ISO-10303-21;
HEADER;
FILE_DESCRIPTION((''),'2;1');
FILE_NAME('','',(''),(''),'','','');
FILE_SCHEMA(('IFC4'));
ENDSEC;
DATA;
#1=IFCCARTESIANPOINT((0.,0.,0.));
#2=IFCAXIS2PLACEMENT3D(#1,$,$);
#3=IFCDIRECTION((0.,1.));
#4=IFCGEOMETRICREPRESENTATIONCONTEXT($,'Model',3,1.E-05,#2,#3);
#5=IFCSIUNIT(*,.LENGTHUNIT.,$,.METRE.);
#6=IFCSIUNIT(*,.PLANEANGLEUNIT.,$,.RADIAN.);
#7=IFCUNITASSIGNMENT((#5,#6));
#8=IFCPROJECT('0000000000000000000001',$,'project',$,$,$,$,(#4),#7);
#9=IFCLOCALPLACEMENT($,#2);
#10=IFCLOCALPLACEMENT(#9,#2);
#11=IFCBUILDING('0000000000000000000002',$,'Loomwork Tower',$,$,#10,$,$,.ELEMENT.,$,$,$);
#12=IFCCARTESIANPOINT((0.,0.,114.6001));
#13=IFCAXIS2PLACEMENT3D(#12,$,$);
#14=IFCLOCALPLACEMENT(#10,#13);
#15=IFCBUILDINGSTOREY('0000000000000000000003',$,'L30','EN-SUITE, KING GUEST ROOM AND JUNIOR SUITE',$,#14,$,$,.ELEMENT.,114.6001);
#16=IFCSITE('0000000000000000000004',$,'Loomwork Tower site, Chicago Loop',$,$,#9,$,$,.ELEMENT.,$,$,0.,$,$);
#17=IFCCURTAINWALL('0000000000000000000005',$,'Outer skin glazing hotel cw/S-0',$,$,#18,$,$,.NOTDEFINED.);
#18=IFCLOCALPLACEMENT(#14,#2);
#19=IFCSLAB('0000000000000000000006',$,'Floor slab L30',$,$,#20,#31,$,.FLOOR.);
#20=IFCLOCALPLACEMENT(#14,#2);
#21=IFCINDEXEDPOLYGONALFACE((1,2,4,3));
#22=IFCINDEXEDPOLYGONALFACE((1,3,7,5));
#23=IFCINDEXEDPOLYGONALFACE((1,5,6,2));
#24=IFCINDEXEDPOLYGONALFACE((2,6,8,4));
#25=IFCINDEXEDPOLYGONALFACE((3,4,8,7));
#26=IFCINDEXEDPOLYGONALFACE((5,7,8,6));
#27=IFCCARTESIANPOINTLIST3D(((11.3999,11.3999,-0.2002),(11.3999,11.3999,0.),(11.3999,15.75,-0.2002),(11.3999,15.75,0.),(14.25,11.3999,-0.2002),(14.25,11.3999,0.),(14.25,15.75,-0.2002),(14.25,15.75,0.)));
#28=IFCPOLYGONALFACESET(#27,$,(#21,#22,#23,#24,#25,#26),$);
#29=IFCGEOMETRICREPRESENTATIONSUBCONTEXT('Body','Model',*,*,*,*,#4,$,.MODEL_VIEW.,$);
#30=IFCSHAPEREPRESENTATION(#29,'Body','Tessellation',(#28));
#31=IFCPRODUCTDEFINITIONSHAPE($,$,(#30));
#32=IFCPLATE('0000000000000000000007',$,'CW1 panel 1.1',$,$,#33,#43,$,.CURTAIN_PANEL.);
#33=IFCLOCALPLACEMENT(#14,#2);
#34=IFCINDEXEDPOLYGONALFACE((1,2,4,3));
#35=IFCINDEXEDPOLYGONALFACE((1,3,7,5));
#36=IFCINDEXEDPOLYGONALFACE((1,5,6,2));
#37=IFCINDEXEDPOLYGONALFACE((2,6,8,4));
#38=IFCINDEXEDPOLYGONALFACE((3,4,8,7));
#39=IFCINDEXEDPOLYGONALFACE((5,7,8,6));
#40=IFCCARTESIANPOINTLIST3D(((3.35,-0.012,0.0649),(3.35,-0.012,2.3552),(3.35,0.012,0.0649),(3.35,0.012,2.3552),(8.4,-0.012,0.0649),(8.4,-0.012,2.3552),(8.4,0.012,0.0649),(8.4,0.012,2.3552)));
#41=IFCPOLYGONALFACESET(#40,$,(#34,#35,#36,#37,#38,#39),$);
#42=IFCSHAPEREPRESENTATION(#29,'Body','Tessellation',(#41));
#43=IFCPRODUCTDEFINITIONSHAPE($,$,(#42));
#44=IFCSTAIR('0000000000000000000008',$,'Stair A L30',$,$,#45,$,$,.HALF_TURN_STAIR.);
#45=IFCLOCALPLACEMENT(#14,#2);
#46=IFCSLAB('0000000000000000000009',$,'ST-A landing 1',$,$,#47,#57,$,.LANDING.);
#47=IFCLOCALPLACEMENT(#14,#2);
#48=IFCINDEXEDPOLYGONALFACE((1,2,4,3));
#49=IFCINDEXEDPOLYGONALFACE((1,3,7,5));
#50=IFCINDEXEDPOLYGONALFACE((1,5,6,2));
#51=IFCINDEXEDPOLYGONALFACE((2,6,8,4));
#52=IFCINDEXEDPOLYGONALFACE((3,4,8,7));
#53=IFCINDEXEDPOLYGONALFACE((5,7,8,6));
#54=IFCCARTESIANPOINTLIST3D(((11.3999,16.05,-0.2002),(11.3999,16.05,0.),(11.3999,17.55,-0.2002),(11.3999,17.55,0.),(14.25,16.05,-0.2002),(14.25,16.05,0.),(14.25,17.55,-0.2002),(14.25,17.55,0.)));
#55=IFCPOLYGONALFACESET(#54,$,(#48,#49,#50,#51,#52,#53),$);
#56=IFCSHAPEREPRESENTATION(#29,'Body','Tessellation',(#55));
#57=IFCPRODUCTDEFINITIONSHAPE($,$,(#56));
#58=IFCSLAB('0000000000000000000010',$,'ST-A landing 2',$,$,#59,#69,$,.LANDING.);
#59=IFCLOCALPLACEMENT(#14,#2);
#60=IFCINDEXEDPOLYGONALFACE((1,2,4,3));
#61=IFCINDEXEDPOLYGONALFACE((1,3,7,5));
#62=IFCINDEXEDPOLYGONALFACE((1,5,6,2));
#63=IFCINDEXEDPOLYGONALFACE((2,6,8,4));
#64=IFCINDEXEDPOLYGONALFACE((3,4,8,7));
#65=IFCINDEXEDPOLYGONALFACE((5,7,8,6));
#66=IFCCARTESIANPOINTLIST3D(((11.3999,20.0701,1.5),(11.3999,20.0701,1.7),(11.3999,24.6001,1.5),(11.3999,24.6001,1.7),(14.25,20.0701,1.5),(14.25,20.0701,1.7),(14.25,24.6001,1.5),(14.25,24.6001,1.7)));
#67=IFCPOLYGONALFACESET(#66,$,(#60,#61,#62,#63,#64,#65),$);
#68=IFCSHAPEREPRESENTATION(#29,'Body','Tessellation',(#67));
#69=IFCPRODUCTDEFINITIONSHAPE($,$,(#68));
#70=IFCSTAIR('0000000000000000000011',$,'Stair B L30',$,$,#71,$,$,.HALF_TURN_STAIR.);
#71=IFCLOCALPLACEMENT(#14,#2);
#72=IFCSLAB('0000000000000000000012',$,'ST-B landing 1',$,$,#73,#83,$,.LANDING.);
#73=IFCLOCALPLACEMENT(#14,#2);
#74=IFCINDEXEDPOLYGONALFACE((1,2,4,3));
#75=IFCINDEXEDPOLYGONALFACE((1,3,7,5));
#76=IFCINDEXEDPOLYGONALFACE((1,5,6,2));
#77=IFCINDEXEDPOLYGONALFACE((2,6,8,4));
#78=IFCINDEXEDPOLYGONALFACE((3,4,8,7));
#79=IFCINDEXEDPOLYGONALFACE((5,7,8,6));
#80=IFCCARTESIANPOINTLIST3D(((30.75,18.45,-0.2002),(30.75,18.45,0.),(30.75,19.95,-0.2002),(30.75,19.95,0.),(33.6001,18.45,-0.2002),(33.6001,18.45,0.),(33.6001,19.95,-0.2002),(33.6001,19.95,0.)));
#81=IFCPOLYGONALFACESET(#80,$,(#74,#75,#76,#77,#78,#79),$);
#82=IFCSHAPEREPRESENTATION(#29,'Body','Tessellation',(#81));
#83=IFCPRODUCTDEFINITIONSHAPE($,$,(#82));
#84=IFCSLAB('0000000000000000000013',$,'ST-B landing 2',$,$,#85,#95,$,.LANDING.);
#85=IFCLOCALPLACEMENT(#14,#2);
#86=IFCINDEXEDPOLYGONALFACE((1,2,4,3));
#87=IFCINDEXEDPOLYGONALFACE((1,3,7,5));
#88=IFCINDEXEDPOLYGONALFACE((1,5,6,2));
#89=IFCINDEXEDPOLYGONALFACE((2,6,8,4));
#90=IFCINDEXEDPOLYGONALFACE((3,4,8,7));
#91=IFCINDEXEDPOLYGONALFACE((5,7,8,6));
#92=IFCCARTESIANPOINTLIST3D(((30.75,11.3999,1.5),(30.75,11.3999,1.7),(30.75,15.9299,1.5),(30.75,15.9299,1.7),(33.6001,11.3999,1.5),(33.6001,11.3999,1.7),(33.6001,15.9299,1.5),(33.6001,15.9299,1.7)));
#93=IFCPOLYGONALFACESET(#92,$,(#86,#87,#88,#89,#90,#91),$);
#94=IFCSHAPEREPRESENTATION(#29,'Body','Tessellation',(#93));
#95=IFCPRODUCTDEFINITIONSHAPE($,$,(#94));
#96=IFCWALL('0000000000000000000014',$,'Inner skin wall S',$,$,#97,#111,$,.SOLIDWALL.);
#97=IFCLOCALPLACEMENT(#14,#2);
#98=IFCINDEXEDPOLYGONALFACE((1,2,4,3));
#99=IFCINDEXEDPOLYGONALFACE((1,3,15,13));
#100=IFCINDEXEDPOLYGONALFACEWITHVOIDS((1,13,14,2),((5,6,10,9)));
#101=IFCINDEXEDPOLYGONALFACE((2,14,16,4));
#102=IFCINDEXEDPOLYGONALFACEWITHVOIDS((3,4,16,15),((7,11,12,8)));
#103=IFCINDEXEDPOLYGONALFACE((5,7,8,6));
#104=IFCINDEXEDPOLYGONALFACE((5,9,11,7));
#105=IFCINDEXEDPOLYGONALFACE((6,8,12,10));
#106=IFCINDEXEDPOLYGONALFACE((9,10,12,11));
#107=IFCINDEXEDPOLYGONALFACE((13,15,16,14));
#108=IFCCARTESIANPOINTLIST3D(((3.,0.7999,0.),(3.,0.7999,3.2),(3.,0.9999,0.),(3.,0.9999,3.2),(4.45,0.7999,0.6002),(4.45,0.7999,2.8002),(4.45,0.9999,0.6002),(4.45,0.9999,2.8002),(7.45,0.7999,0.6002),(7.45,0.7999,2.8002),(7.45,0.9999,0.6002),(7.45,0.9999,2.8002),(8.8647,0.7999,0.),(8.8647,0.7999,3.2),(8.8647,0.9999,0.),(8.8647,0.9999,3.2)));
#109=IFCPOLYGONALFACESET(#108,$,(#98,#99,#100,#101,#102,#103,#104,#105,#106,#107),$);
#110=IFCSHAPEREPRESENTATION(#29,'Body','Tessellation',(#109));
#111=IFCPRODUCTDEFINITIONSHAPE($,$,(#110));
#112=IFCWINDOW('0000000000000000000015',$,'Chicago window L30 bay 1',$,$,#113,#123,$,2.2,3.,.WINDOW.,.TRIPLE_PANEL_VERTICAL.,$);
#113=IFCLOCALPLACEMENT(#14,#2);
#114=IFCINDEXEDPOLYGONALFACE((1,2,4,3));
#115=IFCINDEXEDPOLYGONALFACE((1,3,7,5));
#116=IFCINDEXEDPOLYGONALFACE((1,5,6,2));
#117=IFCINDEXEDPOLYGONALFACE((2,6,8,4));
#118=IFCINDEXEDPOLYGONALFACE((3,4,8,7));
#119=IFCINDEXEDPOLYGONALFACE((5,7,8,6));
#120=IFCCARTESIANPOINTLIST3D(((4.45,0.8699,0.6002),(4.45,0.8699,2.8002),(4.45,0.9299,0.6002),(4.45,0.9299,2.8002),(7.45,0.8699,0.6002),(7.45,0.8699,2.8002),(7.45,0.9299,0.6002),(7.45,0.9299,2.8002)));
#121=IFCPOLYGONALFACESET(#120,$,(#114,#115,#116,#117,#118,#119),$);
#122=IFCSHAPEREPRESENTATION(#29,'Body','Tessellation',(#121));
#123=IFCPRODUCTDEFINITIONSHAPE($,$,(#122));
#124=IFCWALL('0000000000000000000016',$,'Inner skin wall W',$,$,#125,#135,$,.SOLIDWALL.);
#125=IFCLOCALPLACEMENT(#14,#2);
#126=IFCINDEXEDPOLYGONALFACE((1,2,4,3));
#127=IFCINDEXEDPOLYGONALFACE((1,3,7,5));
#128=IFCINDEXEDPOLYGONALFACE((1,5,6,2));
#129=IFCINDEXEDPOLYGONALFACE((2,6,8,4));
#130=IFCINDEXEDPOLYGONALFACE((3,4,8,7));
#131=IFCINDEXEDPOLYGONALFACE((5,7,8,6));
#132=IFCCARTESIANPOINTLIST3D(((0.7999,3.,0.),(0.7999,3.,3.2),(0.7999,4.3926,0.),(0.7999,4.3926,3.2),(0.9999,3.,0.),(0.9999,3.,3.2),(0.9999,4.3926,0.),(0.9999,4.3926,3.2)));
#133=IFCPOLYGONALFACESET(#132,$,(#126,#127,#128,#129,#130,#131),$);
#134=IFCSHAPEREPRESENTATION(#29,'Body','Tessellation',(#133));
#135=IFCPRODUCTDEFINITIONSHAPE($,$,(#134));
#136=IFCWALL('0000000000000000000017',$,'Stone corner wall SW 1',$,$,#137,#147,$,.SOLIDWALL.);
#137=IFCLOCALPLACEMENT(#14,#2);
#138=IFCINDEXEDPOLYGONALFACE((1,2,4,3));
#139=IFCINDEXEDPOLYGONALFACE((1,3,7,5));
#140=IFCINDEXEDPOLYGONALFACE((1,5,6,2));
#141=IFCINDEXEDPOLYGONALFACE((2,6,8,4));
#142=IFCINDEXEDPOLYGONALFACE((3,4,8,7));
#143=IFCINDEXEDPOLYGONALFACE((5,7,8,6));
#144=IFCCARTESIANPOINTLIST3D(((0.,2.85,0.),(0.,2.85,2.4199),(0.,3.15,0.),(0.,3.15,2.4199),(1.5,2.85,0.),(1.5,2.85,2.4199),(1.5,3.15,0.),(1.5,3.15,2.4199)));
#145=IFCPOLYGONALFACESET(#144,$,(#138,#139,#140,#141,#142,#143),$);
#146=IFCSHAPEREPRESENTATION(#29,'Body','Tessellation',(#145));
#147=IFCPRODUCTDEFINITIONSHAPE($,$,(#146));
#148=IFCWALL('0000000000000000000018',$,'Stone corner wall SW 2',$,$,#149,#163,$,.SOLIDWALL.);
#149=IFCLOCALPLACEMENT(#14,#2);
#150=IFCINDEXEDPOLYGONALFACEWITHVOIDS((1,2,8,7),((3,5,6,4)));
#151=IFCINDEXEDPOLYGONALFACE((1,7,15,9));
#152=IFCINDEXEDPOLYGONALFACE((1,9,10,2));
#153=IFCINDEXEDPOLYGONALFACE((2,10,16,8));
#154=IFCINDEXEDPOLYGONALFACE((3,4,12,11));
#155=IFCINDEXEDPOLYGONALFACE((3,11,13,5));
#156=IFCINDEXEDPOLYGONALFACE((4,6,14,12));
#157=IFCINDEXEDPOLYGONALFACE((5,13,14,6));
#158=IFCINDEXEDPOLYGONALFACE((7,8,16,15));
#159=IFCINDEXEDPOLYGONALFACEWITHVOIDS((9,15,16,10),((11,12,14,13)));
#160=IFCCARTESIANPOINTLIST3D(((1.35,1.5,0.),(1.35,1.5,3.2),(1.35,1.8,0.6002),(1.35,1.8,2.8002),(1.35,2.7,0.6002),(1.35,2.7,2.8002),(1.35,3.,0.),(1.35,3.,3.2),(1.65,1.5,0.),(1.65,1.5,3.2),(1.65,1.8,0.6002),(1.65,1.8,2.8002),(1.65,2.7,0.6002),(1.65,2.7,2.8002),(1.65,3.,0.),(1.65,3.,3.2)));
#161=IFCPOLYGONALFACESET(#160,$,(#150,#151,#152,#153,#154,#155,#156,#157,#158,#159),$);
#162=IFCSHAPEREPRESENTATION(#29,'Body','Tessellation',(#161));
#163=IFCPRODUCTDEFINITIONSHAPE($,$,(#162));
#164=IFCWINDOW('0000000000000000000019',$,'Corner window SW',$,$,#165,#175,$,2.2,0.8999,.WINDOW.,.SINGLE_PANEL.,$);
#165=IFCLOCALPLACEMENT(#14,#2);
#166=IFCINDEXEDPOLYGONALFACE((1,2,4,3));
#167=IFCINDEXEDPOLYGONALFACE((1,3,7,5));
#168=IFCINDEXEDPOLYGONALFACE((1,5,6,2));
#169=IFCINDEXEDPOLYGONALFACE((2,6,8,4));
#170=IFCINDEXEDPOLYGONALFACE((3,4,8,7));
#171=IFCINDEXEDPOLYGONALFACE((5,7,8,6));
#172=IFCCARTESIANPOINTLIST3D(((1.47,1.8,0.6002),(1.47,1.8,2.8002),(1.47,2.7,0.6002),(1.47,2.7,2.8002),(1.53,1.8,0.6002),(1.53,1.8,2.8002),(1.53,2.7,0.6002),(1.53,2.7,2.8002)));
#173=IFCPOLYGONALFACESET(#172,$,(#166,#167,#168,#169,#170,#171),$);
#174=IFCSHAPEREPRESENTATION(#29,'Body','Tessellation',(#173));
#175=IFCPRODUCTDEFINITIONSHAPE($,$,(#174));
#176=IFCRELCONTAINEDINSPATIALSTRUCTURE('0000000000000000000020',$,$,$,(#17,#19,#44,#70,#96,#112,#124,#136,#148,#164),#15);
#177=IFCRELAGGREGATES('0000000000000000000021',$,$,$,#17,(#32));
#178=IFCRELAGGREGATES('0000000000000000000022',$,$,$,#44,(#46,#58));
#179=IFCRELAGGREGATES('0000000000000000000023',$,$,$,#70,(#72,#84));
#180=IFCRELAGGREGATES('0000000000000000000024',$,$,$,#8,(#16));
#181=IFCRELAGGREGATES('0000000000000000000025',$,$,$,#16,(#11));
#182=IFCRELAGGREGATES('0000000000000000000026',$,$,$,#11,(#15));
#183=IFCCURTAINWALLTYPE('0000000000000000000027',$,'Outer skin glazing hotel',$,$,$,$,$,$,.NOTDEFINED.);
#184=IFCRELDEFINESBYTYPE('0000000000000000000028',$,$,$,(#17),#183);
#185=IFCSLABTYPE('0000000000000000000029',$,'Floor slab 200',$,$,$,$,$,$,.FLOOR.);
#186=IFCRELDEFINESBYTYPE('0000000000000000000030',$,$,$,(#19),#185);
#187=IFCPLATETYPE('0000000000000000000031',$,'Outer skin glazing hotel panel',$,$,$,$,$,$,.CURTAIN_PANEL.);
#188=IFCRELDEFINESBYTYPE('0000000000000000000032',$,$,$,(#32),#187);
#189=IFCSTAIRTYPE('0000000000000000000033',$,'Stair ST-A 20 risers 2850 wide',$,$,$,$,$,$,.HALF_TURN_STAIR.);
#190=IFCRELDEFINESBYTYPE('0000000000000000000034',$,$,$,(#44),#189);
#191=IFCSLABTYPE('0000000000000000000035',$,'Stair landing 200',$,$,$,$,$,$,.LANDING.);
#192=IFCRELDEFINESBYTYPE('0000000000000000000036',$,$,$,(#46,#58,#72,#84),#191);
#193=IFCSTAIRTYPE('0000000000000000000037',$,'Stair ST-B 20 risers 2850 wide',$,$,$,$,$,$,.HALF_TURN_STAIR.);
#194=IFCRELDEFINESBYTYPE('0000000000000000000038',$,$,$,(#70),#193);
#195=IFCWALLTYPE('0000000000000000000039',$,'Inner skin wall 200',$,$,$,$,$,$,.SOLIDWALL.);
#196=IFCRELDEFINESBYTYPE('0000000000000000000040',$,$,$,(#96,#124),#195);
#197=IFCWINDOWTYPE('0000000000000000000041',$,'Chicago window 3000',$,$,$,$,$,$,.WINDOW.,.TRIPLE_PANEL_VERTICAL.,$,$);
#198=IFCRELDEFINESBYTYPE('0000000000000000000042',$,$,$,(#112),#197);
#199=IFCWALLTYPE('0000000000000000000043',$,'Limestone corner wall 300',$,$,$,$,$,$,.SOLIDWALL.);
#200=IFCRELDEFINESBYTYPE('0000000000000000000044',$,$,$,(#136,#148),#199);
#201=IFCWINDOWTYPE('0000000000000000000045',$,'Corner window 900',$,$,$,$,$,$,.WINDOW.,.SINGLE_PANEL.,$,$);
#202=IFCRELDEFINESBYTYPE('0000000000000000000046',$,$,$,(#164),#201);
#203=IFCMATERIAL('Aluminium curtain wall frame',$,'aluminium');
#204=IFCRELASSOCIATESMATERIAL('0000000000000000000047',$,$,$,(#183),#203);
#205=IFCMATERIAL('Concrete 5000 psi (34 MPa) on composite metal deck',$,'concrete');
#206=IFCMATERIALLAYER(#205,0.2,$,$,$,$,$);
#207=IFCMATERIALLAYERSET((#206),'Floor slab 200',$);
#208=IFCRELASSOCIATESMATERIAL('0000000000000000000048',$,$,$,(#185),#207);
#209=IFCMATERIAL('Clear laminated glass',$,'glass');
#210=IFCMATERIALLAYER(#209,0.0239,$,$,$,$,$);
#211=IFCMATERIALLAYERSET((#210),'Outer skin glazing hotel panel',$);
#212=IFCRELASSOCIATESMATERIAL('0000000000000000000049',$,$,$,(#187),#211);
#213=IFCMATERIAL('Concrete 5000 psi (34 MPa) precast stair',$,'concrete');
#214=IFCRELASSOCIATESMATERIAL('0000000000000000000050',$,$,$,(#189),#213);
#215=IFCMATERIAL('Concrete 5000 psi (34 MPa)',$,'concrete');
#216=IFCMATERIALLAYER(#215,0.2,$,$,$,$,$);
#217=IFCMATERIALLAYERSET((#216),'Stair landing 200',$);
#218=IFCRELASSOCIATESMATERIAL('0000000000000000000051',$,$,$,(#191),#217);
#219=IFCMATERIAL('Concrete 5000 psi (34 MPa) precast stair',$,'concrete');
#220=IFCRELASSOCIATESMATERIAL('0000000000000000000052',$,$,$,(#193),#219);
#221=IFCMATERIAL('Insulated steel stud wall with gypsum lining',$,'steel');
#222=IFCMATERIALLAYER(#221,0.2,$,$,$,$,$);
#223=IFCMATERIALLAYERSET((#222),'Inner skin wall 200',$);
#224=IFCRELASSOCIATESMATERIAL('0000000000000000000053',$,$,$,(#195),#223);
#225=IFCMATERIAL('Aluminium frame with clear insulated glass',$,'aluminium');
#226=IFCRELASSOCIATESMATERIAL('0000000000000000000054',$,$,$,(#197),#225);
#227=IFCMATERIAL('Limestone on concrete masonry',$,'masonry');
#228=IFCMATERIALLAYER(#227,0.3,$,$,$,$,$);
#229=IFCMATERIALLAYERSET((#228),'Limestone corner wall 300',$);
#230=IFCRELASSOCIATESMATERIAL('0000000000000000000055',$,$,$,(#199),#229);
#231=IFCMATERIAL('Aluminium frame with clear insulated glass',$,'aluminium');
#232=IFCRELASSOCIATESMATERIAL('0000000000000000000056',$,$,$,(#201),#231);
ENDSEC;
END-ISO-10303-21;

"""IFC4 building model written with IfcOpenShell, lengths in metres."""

from ifc_helpers import new_model, si_unit, direction, frame, frame_2d, origin, origin_2d, place, context, subcontext, project, spatial, polyline, rectangle, outline, extrude, material, layer, layer_set, type_object, element, fill, aggregate, save


model = new_model("IFC4")

# Units and contexts
model_context = context("Model", 3, precision=1e-05, world=origin(), true_north=direction((0.0, 1.0)))
body_context = subcontext(model_context, "Body", "Model", "MODEL_VIEW")
ifc_project = project(units=[si_unit("LENGTHUNIT", "METRE"), si_unit("PLANEANGLEUNIT", "RADIAN")], contexts=[model_context])

# Site, building, storey
site_placement = place(None, origin())
site = spatial("IfcSite", under=ifc_project, at=site_placement, Name="Loomwork Tower site, Chicago Loop", CompositionType="ELEMENT", RefElevation=0.0)
building_placement = place(site_placement, origin())
building = spatial("IfcBuilding", under=site, at=building_placement, Name="Loomwork Tower", CompositionType="ELEMENT")
storey_placement = place(building_placement, frame((0.0, 0.0, 114.6001)))
storey = spatial("IfcBuildingStorey", under=building, at=storey_placement, Name="L30", Description="EN-SUITE, KING GUEST ROOM AND JUNIOR SUITE", CompositionType="ELEMENT", Elevation=114.6001)

# Curtain wall
ifc_material_1 = material(Name="Aluminium curtain wall frame", Category="aluminium")
curtain_wall_type = type_object("IfcCurtainWallType", Name="Outer skin glazing hotel", PredefinedType="NOTDEFINED", material=ifc_material_1)
curtain_wall_placement = place(storey_placement, origin())
curtain_wall = element("IfcCurtainWall", 1, at=curtain_wall_placement, inside=storey, type_object=curtain_wall_type, Name="Outer skin glazing hotel cw/S-0", PredefinedType="NOTDEFINED")

# Slab
ifc_material_2 = material(Name="Concrete 5000 psi (34 MPa) on composite metal deck", Category="concrete")
ifc_layer_1 = layer(ifc_material_2, 0.2)
ifc_layer_set_1 = layer_set([ifc_layer_1], Name="Floor slab 200")
slab_type_1 = type_object("IfcSlabType", Name="Floor slab 200", PredefinedType="FLOOR", material=ifc_layer_set_1)
slab_1_placement = place(storey_placement, frame((0.0, 0.0, -0.2002)))
element("IfcSlab", 2, at=slab_1_placement, inside=storey, type_object=slab_type_1, Name="Floor slab L30", PredefinedType="FLOOR", context=body_context, shape_type="SweptSolid", body=[
    extrude(outline(polyline([(14.25, 15.75), (14.25, 11.3999), (11.3999, 11.3999), (11.3999, 15.75), (14.25, 15.75)])), origin(), (0.0, 0.0, 1.0), 0.2002),
])

# Plate
ifc_material_3 = material(Name="Clear laminated glass", Category="glass")
ifc_layer_2 = layer(ifc_material_3, 0.0239)
ifc_layer_set_2 = layer_set([ifc_layer_2], Name="Outer skin glazing hotel panel")
plate_type = type_object("IfcPlateType", Name="Outer skin glazing hotel panel", PredefinedType="CURTAIN_PANEL", material=ifc_layer_set_2)
plate_placement = place(storey_placement, frame((5.875, 0.0, 0.0649), z_axis=(0.0, 0.0, 1.0), x_axis=(1.0, 0.0, 0.0)))
plate = element("IfcPlate", 3, at=plate_placement, type_object=plate_type, Name="CW1 panel 1.1", PredefinedType="CURTAIN_PANEL", context=body_context, shape_type="SweptSolid", body=[
    extrude(rectangle(XDim=5.05, YDim=0.0239, at=origin_2d()), origin(), (0.0, 0.0, 1.0), 2.2903),
])
aggregate(curtain_wall, [plate])

# Stairs, slabs
ifc_material_4 = material(Name="Concrete 5000 psi (34 MPa) precast stair", Category="concrete")
stair_type_1 = type_object("IfcStairType", Name="Stair ST-A 20 risers 2850 wide", PredefinedType="HALF_TURN_STAIR", material=ifc_material_4)
stair_1_placement = place(storey_placement, origin())
stair_1 = element("IfcStair", 4, at=stair_1_placement, inside=storey, type_object=stair_type_1, Name="Stair A L30", PredefinedType="HALF_TURN_STAIR")
ifc_material_5 = material(Name="Concrete 5000 psi (34 MPa)", Category="concrete")
ifc_layer_3 = layer(ifc_material_5, 0.2)
ifc_layer_set_3 = layer_set([ifc_layer_3], Name="Stair landing 200")
slab_type_2 = type_object("IfcSlabType", Name="Stair landing 200", PredefinedType="LANDING", material=ifc_layer_set_3)
slab_2_placement = place(storey_placement, frame((0.0, 0.0, -0.2002)))
slab_2 = element("IfcSlab", 5, at=slab_2_placement, type_object=slab_type_2, Name="ST-A landing 1", PredefinedType="LANDING", context=body_context, shape_type="SweptSolid", body=[
    extrude(outline(polyline([(11.3999, 16.05), (14.25, 16.05), (14.25, 17.55), (11.3999, 17.55), (11.3999, 16.05)])), origin(), (0.0, 0.0, 1.0), 0.2002),
])
slab_3_placement = place(storey_placement, frame((0.0, 0.0, 1.5)))
slab_3 = element("IfcSlab", 6, at=slab_3_placement, type_object=slab_type_2, Name="ST-A landing 2", PredefinedType="LANDING", context=body_context, shape_type="SweptSolid", body=[
    extrude(outline(polyline([(11.3999, 20.0701), (14.25, 20.0701), (14.25, 24.6001), (11.3999, 24.6001), (11.3999, 20.0701)])), origin(), (0.0, 0.0, 1.0), 0.2),
])
aggregate(stair_1, [slab_2, slab_3])
ifc_material_6 = material(Name="Concrete 5000 psi (34 MPa) precast stair", Category="concrete")
stair_type_2 = type_object("IfcStairType", Name="Stair ST-B 20 risers 2850 wide", PredefinedType="HALF_TURN_STAIR", material=ifc_material_6)
stair_2_placement = place(storey_placement, origin())
stair_2 = element("IfcStair", 7, at=stair_2_placement, inside=storey, type_object=stair_type_2, Name="Stair B L30", PredefinedType="HALF_TURN_STAIR")
slab_4_placement = place(storey_placement, frame((0.0, 0.0, -0.2002)))
slab_4 = element("IfcSlab", 8, at=slab_4_placement, type_object=slab_type_2, Name="ST-B landing 1", PredefinedType="LANDING", context=body_context, shape_type="SweptSolid", body=[
    extrude(outline(polyline([(30.75, 18.45), (33.6001, 18.45), (33.6001, 19.95), (30.75, 19.95), (30.75, 18.45)])), origin(), (0.0, 0.0, 1.0), 0.2002),
])
slab_5_placement = place(storey_placement, frame((0.0, 0.0, 1.5)))
slab_5 = element("IfcSlab", 9, at=slab_5_placement, type_object=slab_type_2, Name="ST-B landing 2", PredefinedType="LANDING", context=body_context, shape_type="SweptSolid", body=[
    extrude(outline(polyline([(30.75, 11.3999), (33.6001, 11.3999), (33.6001, 15.9299), (30.75, 15.9299), (30.75, 11.3999)])), origin(), (0.0, 0.0, 1.0), 0.2),
])
aggregate(stair_2, [slab_4, slab_5])

# Wall, opening, window
ifc_material_7 = material(Name="Insulated steel stud wall with gypsum lining", Category="steel")
ifc_layer_4 = layer(ifc_material_7, 0.2)
ifc_layer_set_4 = layer_set([ifc_layer_4], Name="Inner skin wall 200")
wall_type_1 = type_object("IfcWallType", Name="Inner skin wall 200", PredefinedType="SOLIDWALL", material=ifc_layer_set_4)
wall_1_placement = place(storey_placement, frame((3.0, 0.8999, 0.0), z_axis=(0.0, 0.0, 1.0), x_axis=(1.0, 0.0, 0.0)))
wall_1 = element("IfcWall", 10, at=wall_1_placement, inside=storey, type_object=wall_type_1, Name="Inner skin wall S", PredefinedType="SOLIDWALL", context=body_context, shape_type="SweptSolid", body=[
    extrude(rectangle(XDim=5.8647, YDim=0.2, at=frame_2d((2.9324, 0.0))), origin(), (0.0, 0.0, 1.0), 3.2),
])
opening_1_placement = place(wall_1_placement, frame((1.45, 0.0, 0.6001)))
opening_1 = element("IfcOpeningElement", 11, at=opening_1_placement, cuts=wall_1, PredefinedType="OPENING", context=body_context, shape_type="SweptSolid", body=[
    extrude(rectangle(XDim=3.0, YDim=2.2, at=frame_2d((1.5, 1.1001))), frame((0.0, 0.1099, 0.0), z_axis=(0.0, -1.0, 0.0), x_axis=(1.0, 0.0, 0.0)), (0.0, 0.0, 1.0), 0.22),
])
ifc_material_8 = material(Name="Aluminium frame with clear insulated glass", Category="aluminium")
window_type_1 = type_object("IfcWindowType", Name="Chicago window 3000", PartitioningType="TRIPLE_PANEL_VERTICAL", PredefinedType="WINDOW", material=ifc_material_8)
window_1_placement = place(opening_1_placement, origin())
window_1 = element("IfcWindow", 12, at=window_1_placement, inside=storey, type_object=window_type_1, Name="Chicago window L30 bay 1", OverallHeight=2.2, OverallWidth=3.0, PartitioningType="TRIPLE_PANEL_VERTICAL", PredefinedType="WINDOW", context=body_context, shape_type="SweptSolid", body=[
    extrude(rectangle(XDim=3.0, YDim=2.2, at=frame_2d((1.5, 1.1001))), frame((0.0, 0.03, 0.0), z_axis=(0.0, -1.0, 0.0), x_axis=(1.0, 0.0, 0.0)), (0.0, 0.0, 1.0), 0.0601),
])
fill(opening_1, window_1)

# Walls
wall_2_placement = place(storey_placement, frame((0.8999, 3.0, 0.0), z_axis=(0.0, 0.0, 1.0), x_axis=(0.0, 1.0, 0.0)))
element("IfcWall", 13, at=wall_2_placement, inside=storey, type_object=wall_type_1, Name="Inner skin wall W", PredefinedType="SOLIDWALL", context=body_context, shape_type="SweptSolid", body=[
    extrude(rectangle(XDim=1.3926, YDim=0.2, at=frame_2d((0.6963, 0.0))), origin(), (0.0, 0.0, 1.0), 3.2),
])
ifc_material_9 = material(Name="Limestone on concrete masonry", Category="masonry")
ifc_layer_5 = layer(ifc_material_9, 0.3)
ifc_layer_set_5 = layer_set([ifc_layer_5], Name="Limestone corner wall 300")
wall_type_2 = type_object("IfcWallType", Name="Limestone corner wall 300", PredefinedType="SOLIDWALL", material=ifc_layer_set_5)
wall_3_placement = place(storey_placement, frame((0.0, 3.0, 0.0), z_axis=(0.0, 0.0, 1.0), x_axis=(1.0, 0.0, 0.0)))
element("IfcWall", 14, at=wall_3_placement, inside=storey, type_object=wall_type_2, Name="Stone corner wall SW 1", PredefinedType="SOLIDWALL", context=body_context, shape_type="SweptSolid", body=[
    extrude(rectangle(XDim=1.5, YDim=0.3, at=frame_2d((0.75, 0.0))), origin(), (0.0, 0.0, 1.0), 2.4199),
])

# Wall, opening, window
wall_4_placement = place(storey_placement, frame((1.5, 3.0, 0.0), z_axis=(0.0, 0.0, 1.0), x_axis=(0.0, -1.0, 0.0)))
wall_4 = element("IfcWall", 15, at=wall_4_placement, inside=storey, type_object=wall_type_2, Name="Stone corner wall SW 2", PredefinedType="SOLIDWALL", context=body_context, shape_type="SweptSolid", body=[
    extrude(rectangle(XDim=1.5, YDim=0.3, at=frame_2d((0.75, 0.0))), origin(), (0.0, 0.0, 1.0), 3.2),
])
opening_2_placement = place(wall_4_placement, frame((0.3, 0.0, 0.6001)))
opening_2 = element("IfcOpeningElement", 16, at=opening_2_placement, cuts=wall_4, PredefinedType="OPENING", context=body_context, shape_type="SweptSolid", body=[
    extrude(rectangle(XDim=0.8999, YDim=2.2, at=frame_2d((0.45, 1.1001))), frame((0.0, 0.1599, 0.0), z_axis=(0.0, -1.0, 0.0), x_axis=(1.0, 0.0, 0.0)), (0.0, 0.0, 1.0), 0.3201),
])
ifc_material_10 = material(Name="Aluminium frame with clear insulated glass", Category="aluminium")
window_type_2 = type_object("IfcWindowType", Name="Corner window 900", PartitioningType="SINGLE_PANEL", PredefinedType="WINDOW", material=ifc_material_10)
window_2_placement = place(opening_2_placement, origin())
window_2 = element("IfcWindow", 17, at=window_2_placement, inside=storey, type_object=window_type_2, Name="Corner window SW", OverallHeight=2.2, OverallWidth=0.8999, PartitioningType="SINGLE_PANEL", PredefinedType="WINDOW", context=body_context, shape_type="SweptSolid", body=[
    extrude(rectangle(XDim=0.8999, YDim=2.2, at=frame_2d((0.45, 1.1001))), frame((0.0, 0.03, 0.0), z_axis=(0.0, -1.0, 0.0), x_axis=(1.0, 0.0, 0.0)), (0.0, 0.0, 1.0), 0.0601),
])
fill(opening_2, window_2)

save(model, "model.ifc")
